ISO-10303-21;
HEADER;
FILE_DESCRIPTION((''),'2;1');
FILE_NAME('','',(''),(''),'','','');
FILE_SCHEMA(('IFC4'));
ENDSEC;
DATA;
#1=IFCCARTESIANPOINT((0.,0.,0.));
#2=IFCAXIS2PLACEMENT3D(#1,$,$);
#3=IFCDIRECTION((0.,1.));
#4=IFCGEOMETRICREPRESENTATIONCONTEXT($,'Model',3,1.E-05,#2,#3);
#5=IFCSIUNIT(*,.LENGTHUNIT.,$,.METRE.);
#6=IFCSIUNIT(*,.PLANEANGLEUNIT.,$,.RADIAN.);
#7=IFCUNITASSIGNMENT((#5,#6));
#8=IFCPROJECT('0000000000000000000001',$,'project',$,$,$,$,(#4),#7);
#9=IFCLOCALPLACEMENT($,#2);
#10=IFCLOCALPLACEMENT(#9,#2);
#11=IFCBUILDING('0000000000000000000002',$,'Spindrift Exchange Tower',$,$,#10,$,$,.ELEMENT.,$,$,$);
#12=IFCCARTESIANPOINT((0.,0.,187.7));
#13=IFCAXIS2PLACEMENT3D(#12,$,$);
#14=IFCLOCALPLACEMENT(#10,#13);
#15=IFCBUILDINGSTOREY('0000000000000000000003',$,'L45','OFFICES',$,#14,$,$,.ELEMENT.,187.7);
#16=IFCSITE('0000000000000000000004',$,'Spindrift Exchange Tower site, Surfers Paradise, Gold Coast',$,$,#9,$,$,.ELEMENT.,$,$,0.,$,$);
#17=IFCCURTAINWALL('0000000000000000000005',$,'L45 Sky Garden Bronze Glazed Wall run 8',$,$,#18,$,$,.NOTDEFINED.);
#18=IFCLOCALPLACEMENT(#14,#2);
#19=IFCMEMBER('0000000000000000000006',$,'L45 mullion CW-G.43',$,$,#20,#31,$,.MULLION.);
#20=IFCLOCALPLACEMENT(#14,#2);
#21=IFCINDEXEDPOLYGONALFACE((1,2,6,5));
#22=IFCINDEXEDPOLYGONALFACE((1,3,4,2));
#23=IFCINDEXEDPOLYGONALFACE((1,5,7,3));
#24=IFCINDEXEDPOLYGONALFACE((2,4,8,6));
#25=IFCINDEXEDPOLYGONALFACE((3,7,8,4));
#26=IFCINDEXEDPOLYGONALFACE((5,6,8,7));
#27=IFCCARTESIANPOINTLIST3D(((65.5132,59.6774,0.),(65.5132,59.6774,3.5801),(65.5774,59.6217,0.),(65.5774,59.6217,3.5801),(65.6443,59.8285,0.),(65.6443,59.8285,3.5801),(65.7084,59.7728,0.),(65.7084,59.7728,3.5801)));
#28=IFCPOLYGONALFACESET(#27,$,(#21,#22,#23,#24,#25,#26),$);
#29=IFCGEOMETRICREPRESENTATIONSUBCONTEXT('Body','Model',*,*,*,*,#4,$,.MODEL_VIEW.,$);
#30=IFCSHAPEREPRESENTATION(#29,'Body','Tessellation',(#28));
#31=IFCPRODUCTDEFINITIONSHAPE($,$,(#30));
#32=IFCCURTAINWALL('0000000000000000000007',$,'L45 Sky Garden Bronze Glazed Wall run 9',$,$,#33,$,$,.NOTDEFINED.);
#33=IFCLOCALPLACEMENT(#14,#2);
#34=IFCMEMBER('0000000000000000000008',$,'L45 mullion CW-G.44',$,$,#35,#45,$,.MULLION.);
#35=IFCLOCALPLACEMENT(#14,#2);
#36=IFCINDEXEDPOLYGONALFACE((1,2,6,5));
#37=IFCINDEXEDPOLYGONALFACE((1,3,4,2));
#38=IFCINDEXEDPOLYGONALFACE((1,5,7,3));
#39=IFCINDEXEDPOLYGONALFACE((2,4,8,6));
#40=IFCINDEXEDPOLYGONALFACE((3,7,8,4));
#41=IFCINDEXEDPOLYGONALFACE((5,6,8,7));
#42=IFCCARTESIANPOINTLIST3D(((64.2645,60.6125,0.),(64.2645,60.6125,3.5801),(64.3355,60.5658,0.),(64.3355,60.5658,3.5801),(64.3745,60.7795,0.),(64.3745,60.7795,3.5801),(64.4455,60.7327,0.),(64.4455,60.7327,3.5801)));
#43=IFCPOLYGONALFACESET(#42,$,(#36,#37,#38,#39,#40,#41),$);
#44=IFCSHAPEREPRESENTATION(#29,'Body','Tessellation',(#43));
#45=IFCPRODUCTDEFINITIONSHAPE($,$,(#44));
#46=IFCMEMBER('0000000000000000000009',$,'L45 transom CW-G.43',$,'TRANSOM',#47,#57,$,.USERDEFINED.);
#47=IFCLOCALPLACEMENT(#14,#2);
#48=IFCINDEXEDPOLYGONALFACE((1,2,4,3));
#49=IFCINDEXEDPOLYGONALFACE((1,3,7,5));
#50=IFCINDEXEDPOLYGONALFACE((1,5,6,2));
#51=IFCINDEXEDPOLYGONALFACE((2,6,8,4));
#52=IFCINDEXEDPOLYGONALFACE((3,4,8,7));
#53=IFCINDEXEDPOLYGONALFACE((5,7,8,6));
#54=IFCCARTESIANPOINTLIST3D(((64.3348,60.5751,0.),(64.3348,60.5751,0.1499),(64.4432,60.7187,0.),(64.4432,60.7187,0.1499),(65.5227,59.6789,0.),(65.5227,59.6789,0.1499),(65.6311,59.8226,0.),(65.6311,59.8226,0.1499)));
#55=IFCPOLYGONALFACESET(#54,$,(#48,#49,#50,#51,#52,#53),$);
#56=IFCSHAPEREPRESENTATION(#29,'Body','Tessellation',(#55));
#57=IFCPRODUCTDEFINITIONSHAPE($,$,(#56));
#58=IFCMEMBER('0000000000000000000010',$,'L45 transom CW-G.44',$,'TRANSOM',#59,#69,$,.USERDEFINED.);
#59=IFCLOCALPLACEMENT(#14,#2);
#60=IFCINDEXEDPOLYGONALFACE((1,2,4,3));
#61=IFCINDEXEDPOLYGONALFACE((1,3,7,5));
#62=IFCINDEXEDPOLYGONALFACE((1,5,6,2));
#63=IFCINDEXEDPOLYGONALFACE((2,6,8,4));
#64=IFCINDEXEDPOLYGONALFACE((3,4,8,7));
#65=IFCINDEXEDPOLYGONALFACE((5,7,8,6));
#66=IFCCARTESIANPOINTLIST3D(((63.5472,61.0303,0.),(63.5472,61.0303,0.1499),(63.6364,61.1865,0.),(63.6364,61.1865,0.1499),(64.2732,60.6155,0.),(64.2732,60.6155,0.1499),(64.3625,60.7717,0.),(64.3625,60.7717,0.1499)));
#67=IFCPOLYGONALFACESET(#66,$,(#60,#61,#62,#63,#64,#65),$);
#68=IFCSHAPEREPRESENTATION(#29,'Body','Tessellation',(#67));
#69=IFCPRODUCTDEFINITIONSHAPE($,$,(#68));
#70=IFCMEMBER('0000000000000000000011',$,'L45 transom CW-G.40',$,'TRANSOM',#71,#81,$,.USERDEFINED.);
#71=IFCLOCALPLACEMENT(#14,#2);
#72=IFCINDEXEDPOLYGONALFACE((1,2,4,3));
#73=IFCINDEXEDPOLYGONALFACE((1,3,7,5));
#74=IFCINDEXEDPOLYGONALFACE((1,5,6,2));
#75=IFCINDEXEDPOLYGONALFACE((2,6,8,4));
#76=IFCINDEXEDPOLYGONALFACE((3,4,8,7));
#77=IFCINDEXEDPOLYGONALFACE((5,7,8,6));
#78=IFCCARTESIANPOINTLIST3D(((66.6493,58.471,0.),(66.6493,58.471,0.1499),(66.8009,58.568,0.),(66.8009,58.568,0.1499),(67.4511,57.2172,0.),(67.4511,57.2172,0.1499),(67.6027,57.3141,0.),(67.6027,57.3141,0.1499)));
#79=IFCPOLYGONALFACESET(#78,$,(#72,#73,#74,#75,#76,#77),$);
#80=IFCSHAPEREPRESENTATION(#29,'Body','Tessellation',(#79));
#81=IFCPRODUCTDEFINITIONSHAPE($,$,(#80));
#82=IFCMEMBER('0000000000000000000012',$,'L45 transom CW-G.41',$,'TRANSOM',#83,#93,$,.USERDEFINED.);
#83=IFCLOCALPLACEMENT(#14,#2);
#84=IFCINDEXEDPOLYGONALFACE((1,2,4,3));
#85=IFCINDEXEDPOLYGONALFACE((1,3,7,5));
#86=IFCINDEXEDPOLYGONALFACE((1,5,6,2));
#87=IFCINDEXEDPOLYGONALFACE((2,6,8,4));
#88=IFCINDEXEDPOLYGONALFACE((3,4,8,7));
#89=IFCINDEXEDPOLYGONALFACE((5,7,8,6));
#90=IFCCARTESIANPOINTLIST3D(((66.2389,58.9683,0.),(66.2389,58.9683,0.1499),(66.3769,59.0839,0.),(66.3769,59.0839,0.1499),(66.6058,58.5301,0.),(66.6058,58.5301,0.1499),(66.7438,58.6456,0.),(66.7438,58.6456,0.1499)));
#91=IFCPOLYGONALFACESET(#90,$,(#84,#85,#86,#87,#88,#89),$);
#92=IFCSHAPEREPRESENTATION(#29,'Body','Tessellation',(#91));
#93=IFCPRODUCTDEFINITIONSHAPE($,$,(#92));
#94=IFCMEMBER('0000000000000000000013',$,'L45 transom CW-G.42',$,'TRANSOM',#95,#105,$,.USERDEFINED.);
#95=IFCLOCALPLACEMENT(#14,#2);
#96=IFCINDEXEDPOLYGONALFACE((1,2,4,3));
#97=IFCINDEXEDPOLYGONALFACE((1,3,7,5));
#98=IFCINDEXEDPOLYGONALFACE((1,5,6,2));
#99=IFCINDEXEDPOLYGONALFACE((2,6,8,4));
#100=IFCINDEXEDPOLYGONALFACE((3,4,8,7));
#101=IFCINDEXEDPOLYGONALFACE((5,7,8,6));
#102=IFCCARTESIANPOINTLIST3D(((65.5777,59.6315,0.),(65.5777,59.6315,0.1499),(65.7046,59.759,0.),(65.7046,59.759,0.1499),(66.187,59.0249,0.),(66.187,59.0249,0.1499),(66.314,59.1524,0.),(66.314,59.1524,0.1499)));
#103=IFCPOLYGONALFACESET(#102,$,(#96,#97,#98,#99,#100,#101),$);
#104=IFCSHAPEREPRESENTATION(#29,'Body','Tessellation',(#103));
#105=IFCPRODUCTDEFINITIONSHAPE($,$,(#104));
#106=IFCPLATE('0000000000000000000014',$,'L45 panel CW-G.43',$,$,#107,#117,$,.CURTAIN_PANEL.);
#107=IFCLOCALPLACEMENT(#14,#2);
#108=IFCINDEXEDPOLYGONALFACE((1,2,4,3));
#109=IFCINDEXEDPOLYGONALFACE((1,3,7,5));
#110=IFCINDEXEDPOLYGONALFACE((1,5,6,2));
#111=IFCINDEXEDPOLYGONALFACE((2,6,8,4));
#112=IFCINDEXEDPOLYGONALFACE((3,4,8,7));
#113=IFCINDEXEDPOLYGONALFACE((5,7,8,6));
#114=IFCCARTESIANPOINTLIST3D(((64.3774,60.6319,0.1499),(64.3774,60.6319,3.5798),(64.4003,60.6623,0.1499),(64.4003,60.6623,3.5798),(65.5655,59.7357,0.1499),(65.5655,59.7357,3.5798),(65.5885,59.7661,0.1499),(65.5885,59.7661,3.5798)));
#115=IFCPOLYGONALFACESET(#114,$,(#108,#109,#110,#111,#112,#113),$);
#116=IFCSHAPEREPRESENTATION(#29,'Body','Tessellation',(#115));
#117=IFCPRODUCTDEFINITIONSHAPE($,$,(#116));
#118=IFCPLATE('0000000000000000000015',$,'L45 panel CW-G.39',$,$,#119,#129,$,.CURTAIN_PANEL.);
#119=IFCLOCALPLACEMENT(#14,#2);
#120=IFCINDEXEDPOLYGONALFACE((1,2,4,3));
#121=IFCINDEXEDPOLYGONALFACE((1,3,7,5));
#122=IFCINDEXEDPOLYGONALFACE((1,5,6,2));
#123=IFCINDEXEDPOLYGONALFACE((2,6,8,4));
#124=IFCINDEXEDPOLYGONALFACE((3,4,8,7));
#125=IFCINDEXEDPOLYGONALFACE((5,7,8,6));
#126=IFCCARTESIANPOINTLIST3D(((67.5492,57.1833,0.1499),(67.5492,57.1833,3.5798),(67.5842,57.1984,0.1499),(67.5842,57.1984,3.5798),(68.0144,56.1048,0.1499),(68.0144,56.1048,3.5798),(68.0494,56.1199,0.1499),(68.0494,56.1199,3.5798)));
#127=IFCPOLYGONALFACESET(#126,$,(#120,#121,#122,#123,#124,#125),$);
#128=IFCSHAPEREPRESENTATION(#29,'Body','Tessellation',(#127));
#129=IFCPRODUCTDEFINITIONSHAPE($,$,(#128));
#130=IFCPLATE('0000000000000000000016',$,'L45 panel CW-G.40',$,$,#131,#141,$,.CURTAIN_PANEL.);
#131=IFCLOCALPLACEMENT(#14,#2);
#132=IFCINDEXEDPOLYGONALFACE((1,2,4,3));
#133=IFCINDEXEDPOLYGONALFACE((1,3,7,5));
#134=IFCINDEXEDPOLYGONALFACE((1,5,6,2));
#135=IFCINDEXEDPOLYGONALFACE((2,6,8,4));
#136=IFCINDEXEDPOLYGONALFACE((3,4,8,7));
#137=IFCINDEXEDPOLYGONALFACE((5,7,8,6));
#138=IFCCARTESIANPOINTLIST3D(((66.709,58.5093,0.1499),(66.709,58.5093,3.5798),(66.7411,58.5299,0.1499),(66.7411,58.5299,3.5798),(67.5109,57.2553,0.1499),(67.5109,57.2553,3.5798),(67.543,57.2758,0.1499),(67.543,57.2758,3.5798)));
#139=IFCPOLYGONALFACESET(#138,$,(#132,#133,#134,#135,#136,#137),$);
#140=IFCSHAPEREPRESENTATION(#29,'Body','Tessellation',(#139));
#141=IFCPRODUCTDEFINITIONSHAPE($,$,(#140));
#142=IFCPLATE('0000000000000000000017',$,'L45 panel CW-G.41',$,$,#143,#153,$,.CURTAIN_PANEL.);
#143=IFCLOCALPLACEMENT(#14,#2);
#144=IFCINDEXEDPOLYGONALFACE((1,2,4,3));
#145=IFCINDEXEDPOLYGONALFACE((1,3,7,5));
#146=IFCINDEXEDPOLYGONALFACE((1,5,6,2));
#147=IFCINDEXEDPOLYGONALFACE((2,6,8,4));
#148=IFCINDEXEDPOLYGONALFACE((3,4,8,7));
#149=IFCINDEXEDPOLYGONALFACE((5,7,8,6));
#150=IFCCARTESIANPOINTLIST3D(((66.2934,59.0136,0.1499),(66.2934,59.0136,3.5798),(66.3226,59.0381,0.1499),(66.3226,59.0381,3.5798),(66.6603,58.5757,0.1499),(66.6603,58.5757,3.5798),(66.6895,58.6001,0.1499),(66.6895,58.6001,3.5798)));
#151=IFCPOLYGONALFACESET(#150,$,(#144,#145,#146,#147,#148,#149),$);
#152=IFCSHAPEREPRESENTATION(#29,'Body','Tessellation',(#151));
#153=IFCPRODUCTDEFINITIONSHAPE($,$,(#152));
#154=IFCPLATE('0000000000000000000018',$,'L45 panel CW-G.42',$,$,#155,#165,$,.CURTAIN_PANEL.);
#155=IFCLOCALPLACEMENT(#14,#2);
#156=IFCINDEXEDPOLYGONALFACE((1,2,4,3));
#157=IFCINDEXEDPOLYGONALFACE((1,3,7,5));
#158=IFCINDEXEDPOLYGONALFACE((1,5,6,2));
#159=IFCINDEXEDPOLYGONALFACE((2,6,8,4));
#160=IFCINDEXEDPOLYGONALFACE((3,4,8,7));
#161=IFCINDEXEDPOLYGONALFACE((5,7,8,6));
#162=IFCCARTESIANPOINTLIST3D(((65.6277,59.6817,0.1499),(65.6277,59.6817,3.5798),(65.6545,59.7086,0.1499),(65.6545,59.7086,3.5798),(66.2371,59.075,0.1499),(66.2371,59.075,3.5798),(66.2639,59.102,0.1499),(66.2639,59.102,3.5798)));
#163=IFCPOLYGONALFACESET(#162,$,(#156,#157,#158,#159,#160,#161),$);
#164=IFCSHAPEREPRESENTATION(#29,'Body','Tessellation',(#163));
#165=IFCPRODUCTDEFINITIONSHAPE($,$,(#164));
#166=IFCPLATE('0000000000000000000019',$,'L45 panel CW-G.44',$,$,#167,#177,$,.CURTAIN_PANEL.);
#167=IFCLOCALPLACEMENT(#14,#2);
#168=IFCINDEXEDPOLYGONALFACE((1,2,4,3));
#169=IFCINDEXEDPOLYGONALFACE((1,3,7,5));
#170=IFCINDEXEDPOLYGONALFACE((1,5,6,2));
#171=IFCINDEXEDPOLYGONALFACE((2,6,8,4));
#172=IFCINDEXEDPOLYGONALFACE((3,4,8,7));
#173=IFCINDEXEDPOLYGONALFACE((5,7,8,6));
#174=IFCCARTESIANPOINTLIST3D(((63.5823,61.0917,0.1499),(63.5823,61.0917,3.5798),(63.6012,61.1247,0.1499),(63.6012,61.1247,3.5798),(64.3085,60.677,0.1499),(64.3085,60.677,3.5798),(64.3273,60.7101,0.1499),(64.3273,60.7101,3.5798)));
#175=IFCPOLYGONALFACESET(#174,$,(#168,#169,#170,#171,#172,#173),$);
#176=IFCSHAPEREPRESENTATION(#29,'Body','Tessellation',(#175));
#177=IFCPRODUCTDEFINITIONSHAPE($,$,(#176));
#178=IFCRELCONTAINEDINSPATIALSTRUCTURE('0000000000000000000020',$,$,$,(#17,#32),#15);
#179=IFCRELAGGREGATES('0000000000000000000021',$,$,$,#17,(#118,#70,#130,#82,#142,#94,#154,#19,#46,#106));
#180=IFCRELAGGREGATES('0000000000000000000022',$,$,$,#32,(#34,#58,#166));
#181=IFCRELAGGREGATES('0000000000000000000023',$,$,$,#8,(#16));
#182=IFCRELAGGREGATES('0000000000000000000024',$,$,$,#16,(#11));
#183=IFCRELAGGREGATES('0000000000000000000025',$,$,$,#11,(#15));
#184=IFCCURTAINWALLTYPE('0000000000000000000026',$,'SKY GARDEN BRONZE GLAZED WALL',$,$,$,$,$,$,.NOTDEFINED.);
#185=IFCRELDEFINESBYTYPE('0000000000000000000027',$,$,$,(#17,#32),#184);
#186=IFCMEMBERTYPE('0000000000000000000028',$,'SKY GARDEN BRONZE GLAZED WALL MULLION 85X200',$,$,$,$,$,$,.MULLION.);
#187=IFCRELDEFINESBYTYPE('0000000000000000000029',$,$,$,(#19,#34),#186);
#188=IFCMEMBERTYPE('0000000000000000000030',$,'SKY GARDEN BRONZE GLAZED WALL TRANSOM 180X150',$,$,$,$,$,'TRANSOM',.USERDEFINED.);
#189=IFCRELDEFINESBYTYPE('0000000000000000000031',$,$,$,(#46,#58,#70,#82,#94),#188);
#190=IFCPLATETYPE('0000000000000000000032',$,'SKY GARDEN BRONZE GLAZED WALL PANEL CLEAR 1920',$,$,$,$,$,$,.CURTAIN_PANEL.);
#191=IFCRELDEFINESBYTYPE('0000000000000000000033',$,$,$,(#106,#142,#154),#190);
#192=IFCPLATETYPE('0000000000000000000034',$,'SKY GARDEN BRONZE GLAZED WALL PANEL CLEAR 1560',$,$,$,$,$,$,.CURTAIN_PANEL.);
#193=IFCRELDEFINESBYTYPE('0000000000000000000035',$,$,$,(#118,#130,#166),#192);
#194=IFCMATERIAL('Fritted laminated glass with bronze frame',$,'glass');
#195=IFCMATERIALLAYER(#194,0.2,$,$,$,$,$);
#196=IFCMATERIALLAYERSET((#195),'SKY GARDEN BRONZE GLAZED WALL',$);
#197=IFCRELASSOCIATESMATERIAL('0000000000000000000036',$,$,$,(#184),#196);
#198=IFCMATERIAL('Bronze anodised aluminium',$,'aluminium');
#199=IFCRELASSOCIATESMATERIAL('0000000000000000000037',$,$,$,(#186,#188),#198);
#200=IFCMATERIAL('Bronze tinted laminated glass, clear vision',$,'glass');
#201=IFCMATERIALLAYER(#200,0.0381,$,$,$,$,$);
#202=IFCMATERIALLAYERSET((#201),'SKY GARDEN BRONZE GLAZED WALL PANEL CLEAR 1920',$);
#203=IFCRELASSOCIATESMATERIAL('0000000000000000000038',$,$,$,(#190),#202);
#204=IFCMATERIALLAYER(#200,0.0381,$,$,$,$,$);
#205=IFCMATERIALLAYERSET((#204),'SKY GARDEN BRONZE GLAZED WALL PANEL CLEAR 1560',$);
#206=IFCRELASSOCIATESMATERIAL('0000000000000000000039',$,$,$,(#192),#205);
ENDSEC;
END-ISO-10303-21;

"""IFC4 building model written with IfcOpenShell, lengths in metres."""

from ifc_helpers import new_model, si_unit, direction, frame, origin, origin_2d, place, context, subcontext, project, spatial, rectangle, extrude, source, transform, mapped, material, layer, layer_set, material_profile, profile_set, type_object, element, aggregate, save


model = new_model("IFC4")

# Units and contexts
model_context = context("Model", 3, precision=1e-05, world=origin(), true_north=direction((0.0, 1.0)))
body_context = subcontext(model_context, "Body", "Model", "MODEL_VIEW")
ifc_project = project(units=[si_unit("LENGTHUNIT", "METRE"), si_unit("PLANEANGLEUNIT", "RADIAN")], contexts=[model_context])

# Site, building, storey
site_placement = place(None, origin())
site = spatial("IfcSite", under=ifc_project, at=site_placement, Name="Spindrift Exchange Tower site, Surfers Paradise, Gold Coast", CompositionType="ELEMENT", RefElevation=0.0)
building_placement = place(site_placement, origin())
building = spatial("IfcBuilding", under=site, at=building_placement, Name="Spindrift Exchange Tower", CompositionType="ELEMENT")
storey_placement = place(building_placement, frame((0.0, 0.0, 187.7)))
storey = spatial("IfcBuildingStorey", under=building, at=storey_placement, Name="L45", Description="OFFICES", CompositionType="ELEMENT", Elevation=187.7)

# Curtain wall, member
ifc_material_1 = material(Name="Fritted laminated glass with bronze frame", Category="glass")
ifc_layer_1 = layer(ifc_material_1, 0.2)
ifc_layer_set_1 = layer_set([ifc_layer_1], Name="SKY GARDEN BRONZE GLAZED WALL")
curtain_wall_type = type_object("IfcCurtainWallType", Name="SKY GARDEN BRONZE GLAZED WALL", PredefinedType="NOTDEFINED", material=ifc_layer_set_1)
curtain_wall_1_placement = place(storey_placement, origin())
curtain_wall_1 = element("IfcCurtainWall", 1, at=curtain_wall_1_placement, inside=storey, type_object=curtain_wall_type, Name="L45 Sky Garden Bronze Glazed Wall run 8", PredefinedType="NOTDEFINED")
ifc_material_2 = material(Name="Bronze anodised aluminium", Category="aluminium")
ifc_material_profile_1 = material_profile(ifc_material_2, rectangle(XDim=0.085, YDim=0.2, at=origin_2d()), Name="SKY GARDEN BRONZE GLAZED WALL MULLION 85X200")
ifc_profile_set_1 = profile_set([ifc_material_profile_1], Name="Bronze anodised aluminium")
member_type_1 = type_object("IfcMemberType", Name="SKY GARDEN BRONZE GLAZED WALL MULLION 85X200", PredefinedType="MULLION", material=ifc_profile_set_1)
shared_shape_1 = source(origin(), body_context, "Body", "SweptSolid", [
    extrude(rectangle(XDim=0.085, YDim=0.2, at=origin_2d()), origin(), (0.0, 0.0, 1.0), 3.5801),
])
member_1_placement = place(storey_placement, frame((65.6108, 59.7251, 0.0), z_axis=(0.0, 0.0, 1.0), x_axis=(-0.755314, 0.655363, 0.0)))
member_1 = element("IfcMember", 2, at=member_1_placement, type_object=member_type_1, Name="L45 mullion CW-G.43", PredefinedType="MULLION", context=body_context, shape_type="MappedRepresentation", body=[
    mapped(shared_shape_1, transform((0.0, 0.0, 0.0), scale=1.0)),
])

# Curtain wall, member
curtain_wall_2_placement = place(storey_placement, origin())
curtain_wall_2 = element("IfcCurtainWall", 3, at=curtain_wall_2_placement, inside=storey, type_object=curtain_wall_type, Name="L45 Sky Garden Bronze Glazed Wall run 9", PredefinedType="NOTDEFINED")
member_2_placement = place(storey_placement, frame((64.355, 60.6726, 0.0), z_axis=(0.0, 0.0, 1.0), x_axis=(-0.835071, 0.550143, 0.0)))
member_2 = element("IfcMember", 4, at=member_2_placement, type_object=member_type_1, Name="L45 mullion CW-G.44", PredefinedType="MULLION", context=body_context, shape_type="MappedRepresentation", body=[
    mapped(shared_shape_1, transform((0.0, 0.0, 0.0), scale=1.0)),
])

# Members
ifc_material_profile_2 = material_profile(ifc_material_2, rectangle(XDim=0.1799, YDim=0.1499, at=origin_2d()), Name="SKY GARDEN BRONZE GLAZED WALL TRANSOM 180X150")
ifc_profile_set_2 = profile_set([ifc_material_profile_2], Name="Bronze anodised aluminium")
member_type_2 = type_object("IfcMemberType", Name="SKY GARDEN BRONZE GLAZED WALL TRANSOM 180X150", ElementType="TRANSOM", PredefinedType="USERDEFINED", material=ifc_profile_set_2)
shared_shape_2 = source(origin(), body_context, "Body", "SweptSolid", [
    extrude(rectangle(XDim=0.1799, YDim=0.1499, at=origin_2d()), origin(), (0.0, 0.0, 1.0), 1.488),
])
member_3_placement = place(storey_placement, frame((65.5769, 59.7507, 0.075), z_axis=(-0.798304, 0.602255, 0.0), x_axis=(-0.602255, -0.798304, 0.0)))
member_3 = element("IfcMember", 5, at=member_3_placement, type_object=member_type_2, Name="L45 transom CW-G.43", ObjectType="TRANSOM", PredefinedType="USERDEFINED", context=body_context, shape_type="MappedRepresentation", body=[
    mapped(shared_shape_2, transform((0.0, 0.0, 0.0), scale=1.0)),
])
shared_shape_3 = source(origin(), body_context, "Body", "SweptSolid", [
    extrude(rectangle(XDim=0.1799, YDim=0.1499, at=origin_2d()), origin(), (0.0, 0.0, 1.0), 0.8362),
])
member_4_placement = place(storey_placement, frame((64.3179, 60.6936, 0.075), z_axis=(-0.868297, 0.496045, 0.0), x_axis=(-0.496045, -0.868297, 0.0)))
member_4 = element("IfcMember", 6, at=member_4_placement, type_object=member_type_2, Name="L45 transom CW-G.44", ObjectType="TRANSOM", PredefinedType="USERDEFINED", context=body_context, shape_type="MappedRepresentation", body=[
    mapped(shared_shape_3, transform((0.0, 0.0, 0.0), scale=1.0)),
])
shared_shape_4 = source(origin(), body_context, "Body", "SweptSolid", [
    extrude(rectangle(XDim=0.1799, YDim=0.1499, at=origin_2d()), origin(), (0.0, 0.0, 1.0), 1.4883),
])
member_5_placement = place(storey_placement, frame((67.5269, 57.2656, 0.075), z_axis=(-0.5387, 0.842498, 0.0), x_axis=(-0.842498, -0.5387, 0.0)))
member_5 = element("IfcMember", 7, at=member_5_placement, type_object=member_type_2, Name="L45 transom CW-G.40", ObjectType="TRANSOM", PredefinedType="USERDEFINED", context=body_context, shape_type="MappedRepresentation", body=[
    mapped(shared_shape_4, transform((0.0, 0.0, 0.0), scale=1.0)),
])
shared_shape_5 = source(origin(), body_context, "Body", "SweptSolid", [
    extrude(rectangle(XDim=0.1799, YDim=0.1499, at=origin_2d()), origin(), (0.0, 0.0, 1.0), 0.5715),
])
member_6_placement = place(storey_placement, frame((66.6748, 58.5879, 0.075), z_axis=(-0.641989, 0.766714, 0.0), x_axis=(-0.766714, -0.641989, 0.0)))
member_6 = element("IfcMember", 8, at=member_6_placement, type_object=member_type_2, Name="L45 transom CW-G.41", ObjectType="TRANSOM", PredefinedType="USERDEFINED", context=body_context, shape_type="MappedRepresentation", body=[
    mapped(shared_shape_5, transform((0.0, 0.0, 0.0), scale=1.0)),
])
shared_shape_6 = source(origin(), body_context, "Body", "SweptSolid", [
    extrude(rectangle(XDim=0.1799, YDim=0.1499, at=origin_2d()), origin(), (0.0, 0.0, 1.0), 0.8599),
])
member_7_placement = place(storey_placement, frame((66.2505, 59.0886, 0.075), z_axis=(-0.708667, 0.705543, 0.0), x_axis=(-0.705543, -0.708667, 0.0)))
member_7 = element("IfcMember", 9, at=member_7_placement, type_object=member_type_2, Name="L45 transom CW-G.42", ObjectType="TRANSOM", PredefinedType="USERDEFINED", context=body_context, shape_type="MappedRepresentation", body=[
    mapped(shared_shape_6, transform((0.0, 0.0, 0.0), scale=1.0)),
])

# Plates
ifc_material_3 = material(Name="Bronze tinted laminated glass, clear vision", Category="glass")
ifc_layer_2 = layer(ifc_material_3, 0.0381)
ifc_layer_set_2 = layer_set([ifc_layer_2], Name="SKY GARDEN BRONZE GLAZED WALL PANEL CLEAR 1920")
plate_type_1 = type_object("IfcPlateType", Name="SKY GARDEN BRONZE GLAZED WALL PANEL CLEAR 1920", PredefinedType="CURTAIN_PANEL", material=ifc_layer_set_2)
shared_shape_7 = source(origin(), body_context, "Body", "SweptSolid", [
    extrude(rectangle(XDim=1.4883, YDim=0.0381, at=origin_2d()), origin(), (0.0, 0.0, 1.0), 3.4299),
])
plate_1_placement = place(storey_placement, frame((64.9829, 60.199, 0.1499), z_axis=(0.0, 0.0, 1.0), x_axis=(-0.79835, 0.602194, 0.0)))
plate_1 = element("IfcPlate", 10, at=plate_1_placement, type_object=plate_type_1, Name="L45 panel CW-G.43", PredefinedType="CURTAIN_PANEL", context=body_context, shape_type="MappedRepresentation", body=[
    mapped(shared_shape_7, transform((0.0, 0.0, 0.0), scale=1.0)),
])
ifc_layer_3 = layer(ifc_material_3, 0.0381)
ifc_layer_set_3 = layer_set([ifc_layer_3], Name="SKY GARDEN BRONZE GLAZED WALL PANEL CLEAR 1560")
plate_type_2 = type_object("IfcPlateType", Name="SKY GARDEN BRONZE GLAZED WALL PANEL CLEAR 1560", PredefinedType="CURTAIN_PANEL", material=ifc_layer_set_3)
shared_shape_8 = source(origin(), body_context, "Body", "SweptSolid", [
    extrude(rectangle(XDim=1.1746, YDim=0.0381, at=origin_2d()), origin(), (0.0, 0.0, 1.0), 3.4299),
])
plate_2_placement = place(storey_placement, frame((67.7993, 56.6516, 0.1499), z_axis=(0.0, 0.0, 1.0), x_axis=(-0.396036, 0.918235, 0.0)))
plate_2 = element("IfcPlate", 11, at=plate_2_placement, type_object=plate_type_2, Name="L45 panel CW-G.39", PredefinedType="CURTAIN_PANEL", context=body_context, shape_type="MappedRepresentation", body=[
    mapped(shared_shape_8, transform((0.0, 0.0, 0.0), scale=1.0)),
])
shared_shape_9 = source(origin(), body_context, "Body", "SweptSolid", [
    extrude(rectangle(XDim=1.4885, YDim=0.0381, at=origin_2d()), origin(), (0.0, 0.0, 1.0), 3.4299),
])
plate_3_placement = place(storey_placement, frame((67.126, 57.8926, 0.1499), z_axis=(0.0, 0.0, 1.0), x_axis=(-0.538746, 0.842468, 0.0)))
plate_3 = element("IfcPlate", 12, at=plate_3_placement, type_object=plate_type_2, Name="L45 panel CW-G.40", PredefinedType="CURTAIN_PANEL", context=body_context, shape_type="MappedRepresentation", body=[
    mapped(shared_shape_9, transform((0.0, 0.0, 0.0), scale=1.0)),
])
shared_shape_10 = source(origin(), body_context, "Body", "SweptSolid", [
    extrude(rectangle(XDim=0.5713, YDim=0.0381, at=origin_2d()), origin(), (0.0, 0.0, 1.0), 3.4299),
])
plate_4_placement = place(storey_placement, frame((66.4915, 58.8069, 0.1499), z_axis=(0.0, 0.0, 1.0), x_axis=(-0.642131, 0.766595, 0.0)))
plate_4 = element("IfcPlate", 13, at=plate_4_placement, type_object=plate_type_1, Name="L45 panel CW-G.41", PredefinedType="CURTAIN_PANEL", context=body_context, shape_type="MappedRepresentation", body=[
    mapped(shared_shape_10, transform((0.0, 0.0, 0.0), scale=1.0)),
])
shared_shape_11 = source(origin(), body_context, "Body", "SweptSolid", [
    extrude(rectangle(XDim=0.8599, YDim=0.0381, at=origin_2d()), origin(), (0.0, 0.0, 1.0), 3.4299),
])
plate_5_placement = place(storey_placement, frame((65.9458, 59.3918, 0.1499), z_axis=(0.0, 0.0, 1.0), x_axis=(-0.708745, 0.705465, 0.0)))
plate_5 = element("IfcPlate", 14, at=plate_5_placement, type_object=plate_type_1, Name="L45 panel CW-G.42", PredefinedType="CURTAIN_PANEL", context=body_context, shape_type="MappedRepresentation", body=[
    mapped(shared_shape_11, transform((0.0, 0.0, 0.0), scale=1.0)),
])
aggregate(curtain_wall_1, [plate_2, member_5, plate_3, member_6, plate_4, member_7, plate_5, member_1, member_3, plate_1])
shared_shape_12 = source(origin(), body_context, "Body", "SweptSolid", [
    extrude(rectangle(XDim=0.8362, YDim=0.0381, at=origin_2d()), origin(), (0.0, 0.0, 1.0), 3.4299),
])
plate_6_placement = place(storey_placement, frame((63.9548, 60.9009, 0.1499), z_axis=(0.0, 0.0, 1.0), x_axis=(-0.868403, 0.495859, 0.0)))
plate_6 = element("IfcPlate", 15, at=plate_6_placement, type_object=plate_type_2, Name="L45 panel CW-G.44", PredefinedType="CURTAIN_PANEL", context=body_context, shape_type="MappedRepresentation", body=[
    mapped(shared_shape_12, transform((0.0, 0.0, 0.0), scale=1.0)),
])
aggregate(curtain_wall_2, [member_2, member_4, plate_6])

save(model, "model.ifc")
